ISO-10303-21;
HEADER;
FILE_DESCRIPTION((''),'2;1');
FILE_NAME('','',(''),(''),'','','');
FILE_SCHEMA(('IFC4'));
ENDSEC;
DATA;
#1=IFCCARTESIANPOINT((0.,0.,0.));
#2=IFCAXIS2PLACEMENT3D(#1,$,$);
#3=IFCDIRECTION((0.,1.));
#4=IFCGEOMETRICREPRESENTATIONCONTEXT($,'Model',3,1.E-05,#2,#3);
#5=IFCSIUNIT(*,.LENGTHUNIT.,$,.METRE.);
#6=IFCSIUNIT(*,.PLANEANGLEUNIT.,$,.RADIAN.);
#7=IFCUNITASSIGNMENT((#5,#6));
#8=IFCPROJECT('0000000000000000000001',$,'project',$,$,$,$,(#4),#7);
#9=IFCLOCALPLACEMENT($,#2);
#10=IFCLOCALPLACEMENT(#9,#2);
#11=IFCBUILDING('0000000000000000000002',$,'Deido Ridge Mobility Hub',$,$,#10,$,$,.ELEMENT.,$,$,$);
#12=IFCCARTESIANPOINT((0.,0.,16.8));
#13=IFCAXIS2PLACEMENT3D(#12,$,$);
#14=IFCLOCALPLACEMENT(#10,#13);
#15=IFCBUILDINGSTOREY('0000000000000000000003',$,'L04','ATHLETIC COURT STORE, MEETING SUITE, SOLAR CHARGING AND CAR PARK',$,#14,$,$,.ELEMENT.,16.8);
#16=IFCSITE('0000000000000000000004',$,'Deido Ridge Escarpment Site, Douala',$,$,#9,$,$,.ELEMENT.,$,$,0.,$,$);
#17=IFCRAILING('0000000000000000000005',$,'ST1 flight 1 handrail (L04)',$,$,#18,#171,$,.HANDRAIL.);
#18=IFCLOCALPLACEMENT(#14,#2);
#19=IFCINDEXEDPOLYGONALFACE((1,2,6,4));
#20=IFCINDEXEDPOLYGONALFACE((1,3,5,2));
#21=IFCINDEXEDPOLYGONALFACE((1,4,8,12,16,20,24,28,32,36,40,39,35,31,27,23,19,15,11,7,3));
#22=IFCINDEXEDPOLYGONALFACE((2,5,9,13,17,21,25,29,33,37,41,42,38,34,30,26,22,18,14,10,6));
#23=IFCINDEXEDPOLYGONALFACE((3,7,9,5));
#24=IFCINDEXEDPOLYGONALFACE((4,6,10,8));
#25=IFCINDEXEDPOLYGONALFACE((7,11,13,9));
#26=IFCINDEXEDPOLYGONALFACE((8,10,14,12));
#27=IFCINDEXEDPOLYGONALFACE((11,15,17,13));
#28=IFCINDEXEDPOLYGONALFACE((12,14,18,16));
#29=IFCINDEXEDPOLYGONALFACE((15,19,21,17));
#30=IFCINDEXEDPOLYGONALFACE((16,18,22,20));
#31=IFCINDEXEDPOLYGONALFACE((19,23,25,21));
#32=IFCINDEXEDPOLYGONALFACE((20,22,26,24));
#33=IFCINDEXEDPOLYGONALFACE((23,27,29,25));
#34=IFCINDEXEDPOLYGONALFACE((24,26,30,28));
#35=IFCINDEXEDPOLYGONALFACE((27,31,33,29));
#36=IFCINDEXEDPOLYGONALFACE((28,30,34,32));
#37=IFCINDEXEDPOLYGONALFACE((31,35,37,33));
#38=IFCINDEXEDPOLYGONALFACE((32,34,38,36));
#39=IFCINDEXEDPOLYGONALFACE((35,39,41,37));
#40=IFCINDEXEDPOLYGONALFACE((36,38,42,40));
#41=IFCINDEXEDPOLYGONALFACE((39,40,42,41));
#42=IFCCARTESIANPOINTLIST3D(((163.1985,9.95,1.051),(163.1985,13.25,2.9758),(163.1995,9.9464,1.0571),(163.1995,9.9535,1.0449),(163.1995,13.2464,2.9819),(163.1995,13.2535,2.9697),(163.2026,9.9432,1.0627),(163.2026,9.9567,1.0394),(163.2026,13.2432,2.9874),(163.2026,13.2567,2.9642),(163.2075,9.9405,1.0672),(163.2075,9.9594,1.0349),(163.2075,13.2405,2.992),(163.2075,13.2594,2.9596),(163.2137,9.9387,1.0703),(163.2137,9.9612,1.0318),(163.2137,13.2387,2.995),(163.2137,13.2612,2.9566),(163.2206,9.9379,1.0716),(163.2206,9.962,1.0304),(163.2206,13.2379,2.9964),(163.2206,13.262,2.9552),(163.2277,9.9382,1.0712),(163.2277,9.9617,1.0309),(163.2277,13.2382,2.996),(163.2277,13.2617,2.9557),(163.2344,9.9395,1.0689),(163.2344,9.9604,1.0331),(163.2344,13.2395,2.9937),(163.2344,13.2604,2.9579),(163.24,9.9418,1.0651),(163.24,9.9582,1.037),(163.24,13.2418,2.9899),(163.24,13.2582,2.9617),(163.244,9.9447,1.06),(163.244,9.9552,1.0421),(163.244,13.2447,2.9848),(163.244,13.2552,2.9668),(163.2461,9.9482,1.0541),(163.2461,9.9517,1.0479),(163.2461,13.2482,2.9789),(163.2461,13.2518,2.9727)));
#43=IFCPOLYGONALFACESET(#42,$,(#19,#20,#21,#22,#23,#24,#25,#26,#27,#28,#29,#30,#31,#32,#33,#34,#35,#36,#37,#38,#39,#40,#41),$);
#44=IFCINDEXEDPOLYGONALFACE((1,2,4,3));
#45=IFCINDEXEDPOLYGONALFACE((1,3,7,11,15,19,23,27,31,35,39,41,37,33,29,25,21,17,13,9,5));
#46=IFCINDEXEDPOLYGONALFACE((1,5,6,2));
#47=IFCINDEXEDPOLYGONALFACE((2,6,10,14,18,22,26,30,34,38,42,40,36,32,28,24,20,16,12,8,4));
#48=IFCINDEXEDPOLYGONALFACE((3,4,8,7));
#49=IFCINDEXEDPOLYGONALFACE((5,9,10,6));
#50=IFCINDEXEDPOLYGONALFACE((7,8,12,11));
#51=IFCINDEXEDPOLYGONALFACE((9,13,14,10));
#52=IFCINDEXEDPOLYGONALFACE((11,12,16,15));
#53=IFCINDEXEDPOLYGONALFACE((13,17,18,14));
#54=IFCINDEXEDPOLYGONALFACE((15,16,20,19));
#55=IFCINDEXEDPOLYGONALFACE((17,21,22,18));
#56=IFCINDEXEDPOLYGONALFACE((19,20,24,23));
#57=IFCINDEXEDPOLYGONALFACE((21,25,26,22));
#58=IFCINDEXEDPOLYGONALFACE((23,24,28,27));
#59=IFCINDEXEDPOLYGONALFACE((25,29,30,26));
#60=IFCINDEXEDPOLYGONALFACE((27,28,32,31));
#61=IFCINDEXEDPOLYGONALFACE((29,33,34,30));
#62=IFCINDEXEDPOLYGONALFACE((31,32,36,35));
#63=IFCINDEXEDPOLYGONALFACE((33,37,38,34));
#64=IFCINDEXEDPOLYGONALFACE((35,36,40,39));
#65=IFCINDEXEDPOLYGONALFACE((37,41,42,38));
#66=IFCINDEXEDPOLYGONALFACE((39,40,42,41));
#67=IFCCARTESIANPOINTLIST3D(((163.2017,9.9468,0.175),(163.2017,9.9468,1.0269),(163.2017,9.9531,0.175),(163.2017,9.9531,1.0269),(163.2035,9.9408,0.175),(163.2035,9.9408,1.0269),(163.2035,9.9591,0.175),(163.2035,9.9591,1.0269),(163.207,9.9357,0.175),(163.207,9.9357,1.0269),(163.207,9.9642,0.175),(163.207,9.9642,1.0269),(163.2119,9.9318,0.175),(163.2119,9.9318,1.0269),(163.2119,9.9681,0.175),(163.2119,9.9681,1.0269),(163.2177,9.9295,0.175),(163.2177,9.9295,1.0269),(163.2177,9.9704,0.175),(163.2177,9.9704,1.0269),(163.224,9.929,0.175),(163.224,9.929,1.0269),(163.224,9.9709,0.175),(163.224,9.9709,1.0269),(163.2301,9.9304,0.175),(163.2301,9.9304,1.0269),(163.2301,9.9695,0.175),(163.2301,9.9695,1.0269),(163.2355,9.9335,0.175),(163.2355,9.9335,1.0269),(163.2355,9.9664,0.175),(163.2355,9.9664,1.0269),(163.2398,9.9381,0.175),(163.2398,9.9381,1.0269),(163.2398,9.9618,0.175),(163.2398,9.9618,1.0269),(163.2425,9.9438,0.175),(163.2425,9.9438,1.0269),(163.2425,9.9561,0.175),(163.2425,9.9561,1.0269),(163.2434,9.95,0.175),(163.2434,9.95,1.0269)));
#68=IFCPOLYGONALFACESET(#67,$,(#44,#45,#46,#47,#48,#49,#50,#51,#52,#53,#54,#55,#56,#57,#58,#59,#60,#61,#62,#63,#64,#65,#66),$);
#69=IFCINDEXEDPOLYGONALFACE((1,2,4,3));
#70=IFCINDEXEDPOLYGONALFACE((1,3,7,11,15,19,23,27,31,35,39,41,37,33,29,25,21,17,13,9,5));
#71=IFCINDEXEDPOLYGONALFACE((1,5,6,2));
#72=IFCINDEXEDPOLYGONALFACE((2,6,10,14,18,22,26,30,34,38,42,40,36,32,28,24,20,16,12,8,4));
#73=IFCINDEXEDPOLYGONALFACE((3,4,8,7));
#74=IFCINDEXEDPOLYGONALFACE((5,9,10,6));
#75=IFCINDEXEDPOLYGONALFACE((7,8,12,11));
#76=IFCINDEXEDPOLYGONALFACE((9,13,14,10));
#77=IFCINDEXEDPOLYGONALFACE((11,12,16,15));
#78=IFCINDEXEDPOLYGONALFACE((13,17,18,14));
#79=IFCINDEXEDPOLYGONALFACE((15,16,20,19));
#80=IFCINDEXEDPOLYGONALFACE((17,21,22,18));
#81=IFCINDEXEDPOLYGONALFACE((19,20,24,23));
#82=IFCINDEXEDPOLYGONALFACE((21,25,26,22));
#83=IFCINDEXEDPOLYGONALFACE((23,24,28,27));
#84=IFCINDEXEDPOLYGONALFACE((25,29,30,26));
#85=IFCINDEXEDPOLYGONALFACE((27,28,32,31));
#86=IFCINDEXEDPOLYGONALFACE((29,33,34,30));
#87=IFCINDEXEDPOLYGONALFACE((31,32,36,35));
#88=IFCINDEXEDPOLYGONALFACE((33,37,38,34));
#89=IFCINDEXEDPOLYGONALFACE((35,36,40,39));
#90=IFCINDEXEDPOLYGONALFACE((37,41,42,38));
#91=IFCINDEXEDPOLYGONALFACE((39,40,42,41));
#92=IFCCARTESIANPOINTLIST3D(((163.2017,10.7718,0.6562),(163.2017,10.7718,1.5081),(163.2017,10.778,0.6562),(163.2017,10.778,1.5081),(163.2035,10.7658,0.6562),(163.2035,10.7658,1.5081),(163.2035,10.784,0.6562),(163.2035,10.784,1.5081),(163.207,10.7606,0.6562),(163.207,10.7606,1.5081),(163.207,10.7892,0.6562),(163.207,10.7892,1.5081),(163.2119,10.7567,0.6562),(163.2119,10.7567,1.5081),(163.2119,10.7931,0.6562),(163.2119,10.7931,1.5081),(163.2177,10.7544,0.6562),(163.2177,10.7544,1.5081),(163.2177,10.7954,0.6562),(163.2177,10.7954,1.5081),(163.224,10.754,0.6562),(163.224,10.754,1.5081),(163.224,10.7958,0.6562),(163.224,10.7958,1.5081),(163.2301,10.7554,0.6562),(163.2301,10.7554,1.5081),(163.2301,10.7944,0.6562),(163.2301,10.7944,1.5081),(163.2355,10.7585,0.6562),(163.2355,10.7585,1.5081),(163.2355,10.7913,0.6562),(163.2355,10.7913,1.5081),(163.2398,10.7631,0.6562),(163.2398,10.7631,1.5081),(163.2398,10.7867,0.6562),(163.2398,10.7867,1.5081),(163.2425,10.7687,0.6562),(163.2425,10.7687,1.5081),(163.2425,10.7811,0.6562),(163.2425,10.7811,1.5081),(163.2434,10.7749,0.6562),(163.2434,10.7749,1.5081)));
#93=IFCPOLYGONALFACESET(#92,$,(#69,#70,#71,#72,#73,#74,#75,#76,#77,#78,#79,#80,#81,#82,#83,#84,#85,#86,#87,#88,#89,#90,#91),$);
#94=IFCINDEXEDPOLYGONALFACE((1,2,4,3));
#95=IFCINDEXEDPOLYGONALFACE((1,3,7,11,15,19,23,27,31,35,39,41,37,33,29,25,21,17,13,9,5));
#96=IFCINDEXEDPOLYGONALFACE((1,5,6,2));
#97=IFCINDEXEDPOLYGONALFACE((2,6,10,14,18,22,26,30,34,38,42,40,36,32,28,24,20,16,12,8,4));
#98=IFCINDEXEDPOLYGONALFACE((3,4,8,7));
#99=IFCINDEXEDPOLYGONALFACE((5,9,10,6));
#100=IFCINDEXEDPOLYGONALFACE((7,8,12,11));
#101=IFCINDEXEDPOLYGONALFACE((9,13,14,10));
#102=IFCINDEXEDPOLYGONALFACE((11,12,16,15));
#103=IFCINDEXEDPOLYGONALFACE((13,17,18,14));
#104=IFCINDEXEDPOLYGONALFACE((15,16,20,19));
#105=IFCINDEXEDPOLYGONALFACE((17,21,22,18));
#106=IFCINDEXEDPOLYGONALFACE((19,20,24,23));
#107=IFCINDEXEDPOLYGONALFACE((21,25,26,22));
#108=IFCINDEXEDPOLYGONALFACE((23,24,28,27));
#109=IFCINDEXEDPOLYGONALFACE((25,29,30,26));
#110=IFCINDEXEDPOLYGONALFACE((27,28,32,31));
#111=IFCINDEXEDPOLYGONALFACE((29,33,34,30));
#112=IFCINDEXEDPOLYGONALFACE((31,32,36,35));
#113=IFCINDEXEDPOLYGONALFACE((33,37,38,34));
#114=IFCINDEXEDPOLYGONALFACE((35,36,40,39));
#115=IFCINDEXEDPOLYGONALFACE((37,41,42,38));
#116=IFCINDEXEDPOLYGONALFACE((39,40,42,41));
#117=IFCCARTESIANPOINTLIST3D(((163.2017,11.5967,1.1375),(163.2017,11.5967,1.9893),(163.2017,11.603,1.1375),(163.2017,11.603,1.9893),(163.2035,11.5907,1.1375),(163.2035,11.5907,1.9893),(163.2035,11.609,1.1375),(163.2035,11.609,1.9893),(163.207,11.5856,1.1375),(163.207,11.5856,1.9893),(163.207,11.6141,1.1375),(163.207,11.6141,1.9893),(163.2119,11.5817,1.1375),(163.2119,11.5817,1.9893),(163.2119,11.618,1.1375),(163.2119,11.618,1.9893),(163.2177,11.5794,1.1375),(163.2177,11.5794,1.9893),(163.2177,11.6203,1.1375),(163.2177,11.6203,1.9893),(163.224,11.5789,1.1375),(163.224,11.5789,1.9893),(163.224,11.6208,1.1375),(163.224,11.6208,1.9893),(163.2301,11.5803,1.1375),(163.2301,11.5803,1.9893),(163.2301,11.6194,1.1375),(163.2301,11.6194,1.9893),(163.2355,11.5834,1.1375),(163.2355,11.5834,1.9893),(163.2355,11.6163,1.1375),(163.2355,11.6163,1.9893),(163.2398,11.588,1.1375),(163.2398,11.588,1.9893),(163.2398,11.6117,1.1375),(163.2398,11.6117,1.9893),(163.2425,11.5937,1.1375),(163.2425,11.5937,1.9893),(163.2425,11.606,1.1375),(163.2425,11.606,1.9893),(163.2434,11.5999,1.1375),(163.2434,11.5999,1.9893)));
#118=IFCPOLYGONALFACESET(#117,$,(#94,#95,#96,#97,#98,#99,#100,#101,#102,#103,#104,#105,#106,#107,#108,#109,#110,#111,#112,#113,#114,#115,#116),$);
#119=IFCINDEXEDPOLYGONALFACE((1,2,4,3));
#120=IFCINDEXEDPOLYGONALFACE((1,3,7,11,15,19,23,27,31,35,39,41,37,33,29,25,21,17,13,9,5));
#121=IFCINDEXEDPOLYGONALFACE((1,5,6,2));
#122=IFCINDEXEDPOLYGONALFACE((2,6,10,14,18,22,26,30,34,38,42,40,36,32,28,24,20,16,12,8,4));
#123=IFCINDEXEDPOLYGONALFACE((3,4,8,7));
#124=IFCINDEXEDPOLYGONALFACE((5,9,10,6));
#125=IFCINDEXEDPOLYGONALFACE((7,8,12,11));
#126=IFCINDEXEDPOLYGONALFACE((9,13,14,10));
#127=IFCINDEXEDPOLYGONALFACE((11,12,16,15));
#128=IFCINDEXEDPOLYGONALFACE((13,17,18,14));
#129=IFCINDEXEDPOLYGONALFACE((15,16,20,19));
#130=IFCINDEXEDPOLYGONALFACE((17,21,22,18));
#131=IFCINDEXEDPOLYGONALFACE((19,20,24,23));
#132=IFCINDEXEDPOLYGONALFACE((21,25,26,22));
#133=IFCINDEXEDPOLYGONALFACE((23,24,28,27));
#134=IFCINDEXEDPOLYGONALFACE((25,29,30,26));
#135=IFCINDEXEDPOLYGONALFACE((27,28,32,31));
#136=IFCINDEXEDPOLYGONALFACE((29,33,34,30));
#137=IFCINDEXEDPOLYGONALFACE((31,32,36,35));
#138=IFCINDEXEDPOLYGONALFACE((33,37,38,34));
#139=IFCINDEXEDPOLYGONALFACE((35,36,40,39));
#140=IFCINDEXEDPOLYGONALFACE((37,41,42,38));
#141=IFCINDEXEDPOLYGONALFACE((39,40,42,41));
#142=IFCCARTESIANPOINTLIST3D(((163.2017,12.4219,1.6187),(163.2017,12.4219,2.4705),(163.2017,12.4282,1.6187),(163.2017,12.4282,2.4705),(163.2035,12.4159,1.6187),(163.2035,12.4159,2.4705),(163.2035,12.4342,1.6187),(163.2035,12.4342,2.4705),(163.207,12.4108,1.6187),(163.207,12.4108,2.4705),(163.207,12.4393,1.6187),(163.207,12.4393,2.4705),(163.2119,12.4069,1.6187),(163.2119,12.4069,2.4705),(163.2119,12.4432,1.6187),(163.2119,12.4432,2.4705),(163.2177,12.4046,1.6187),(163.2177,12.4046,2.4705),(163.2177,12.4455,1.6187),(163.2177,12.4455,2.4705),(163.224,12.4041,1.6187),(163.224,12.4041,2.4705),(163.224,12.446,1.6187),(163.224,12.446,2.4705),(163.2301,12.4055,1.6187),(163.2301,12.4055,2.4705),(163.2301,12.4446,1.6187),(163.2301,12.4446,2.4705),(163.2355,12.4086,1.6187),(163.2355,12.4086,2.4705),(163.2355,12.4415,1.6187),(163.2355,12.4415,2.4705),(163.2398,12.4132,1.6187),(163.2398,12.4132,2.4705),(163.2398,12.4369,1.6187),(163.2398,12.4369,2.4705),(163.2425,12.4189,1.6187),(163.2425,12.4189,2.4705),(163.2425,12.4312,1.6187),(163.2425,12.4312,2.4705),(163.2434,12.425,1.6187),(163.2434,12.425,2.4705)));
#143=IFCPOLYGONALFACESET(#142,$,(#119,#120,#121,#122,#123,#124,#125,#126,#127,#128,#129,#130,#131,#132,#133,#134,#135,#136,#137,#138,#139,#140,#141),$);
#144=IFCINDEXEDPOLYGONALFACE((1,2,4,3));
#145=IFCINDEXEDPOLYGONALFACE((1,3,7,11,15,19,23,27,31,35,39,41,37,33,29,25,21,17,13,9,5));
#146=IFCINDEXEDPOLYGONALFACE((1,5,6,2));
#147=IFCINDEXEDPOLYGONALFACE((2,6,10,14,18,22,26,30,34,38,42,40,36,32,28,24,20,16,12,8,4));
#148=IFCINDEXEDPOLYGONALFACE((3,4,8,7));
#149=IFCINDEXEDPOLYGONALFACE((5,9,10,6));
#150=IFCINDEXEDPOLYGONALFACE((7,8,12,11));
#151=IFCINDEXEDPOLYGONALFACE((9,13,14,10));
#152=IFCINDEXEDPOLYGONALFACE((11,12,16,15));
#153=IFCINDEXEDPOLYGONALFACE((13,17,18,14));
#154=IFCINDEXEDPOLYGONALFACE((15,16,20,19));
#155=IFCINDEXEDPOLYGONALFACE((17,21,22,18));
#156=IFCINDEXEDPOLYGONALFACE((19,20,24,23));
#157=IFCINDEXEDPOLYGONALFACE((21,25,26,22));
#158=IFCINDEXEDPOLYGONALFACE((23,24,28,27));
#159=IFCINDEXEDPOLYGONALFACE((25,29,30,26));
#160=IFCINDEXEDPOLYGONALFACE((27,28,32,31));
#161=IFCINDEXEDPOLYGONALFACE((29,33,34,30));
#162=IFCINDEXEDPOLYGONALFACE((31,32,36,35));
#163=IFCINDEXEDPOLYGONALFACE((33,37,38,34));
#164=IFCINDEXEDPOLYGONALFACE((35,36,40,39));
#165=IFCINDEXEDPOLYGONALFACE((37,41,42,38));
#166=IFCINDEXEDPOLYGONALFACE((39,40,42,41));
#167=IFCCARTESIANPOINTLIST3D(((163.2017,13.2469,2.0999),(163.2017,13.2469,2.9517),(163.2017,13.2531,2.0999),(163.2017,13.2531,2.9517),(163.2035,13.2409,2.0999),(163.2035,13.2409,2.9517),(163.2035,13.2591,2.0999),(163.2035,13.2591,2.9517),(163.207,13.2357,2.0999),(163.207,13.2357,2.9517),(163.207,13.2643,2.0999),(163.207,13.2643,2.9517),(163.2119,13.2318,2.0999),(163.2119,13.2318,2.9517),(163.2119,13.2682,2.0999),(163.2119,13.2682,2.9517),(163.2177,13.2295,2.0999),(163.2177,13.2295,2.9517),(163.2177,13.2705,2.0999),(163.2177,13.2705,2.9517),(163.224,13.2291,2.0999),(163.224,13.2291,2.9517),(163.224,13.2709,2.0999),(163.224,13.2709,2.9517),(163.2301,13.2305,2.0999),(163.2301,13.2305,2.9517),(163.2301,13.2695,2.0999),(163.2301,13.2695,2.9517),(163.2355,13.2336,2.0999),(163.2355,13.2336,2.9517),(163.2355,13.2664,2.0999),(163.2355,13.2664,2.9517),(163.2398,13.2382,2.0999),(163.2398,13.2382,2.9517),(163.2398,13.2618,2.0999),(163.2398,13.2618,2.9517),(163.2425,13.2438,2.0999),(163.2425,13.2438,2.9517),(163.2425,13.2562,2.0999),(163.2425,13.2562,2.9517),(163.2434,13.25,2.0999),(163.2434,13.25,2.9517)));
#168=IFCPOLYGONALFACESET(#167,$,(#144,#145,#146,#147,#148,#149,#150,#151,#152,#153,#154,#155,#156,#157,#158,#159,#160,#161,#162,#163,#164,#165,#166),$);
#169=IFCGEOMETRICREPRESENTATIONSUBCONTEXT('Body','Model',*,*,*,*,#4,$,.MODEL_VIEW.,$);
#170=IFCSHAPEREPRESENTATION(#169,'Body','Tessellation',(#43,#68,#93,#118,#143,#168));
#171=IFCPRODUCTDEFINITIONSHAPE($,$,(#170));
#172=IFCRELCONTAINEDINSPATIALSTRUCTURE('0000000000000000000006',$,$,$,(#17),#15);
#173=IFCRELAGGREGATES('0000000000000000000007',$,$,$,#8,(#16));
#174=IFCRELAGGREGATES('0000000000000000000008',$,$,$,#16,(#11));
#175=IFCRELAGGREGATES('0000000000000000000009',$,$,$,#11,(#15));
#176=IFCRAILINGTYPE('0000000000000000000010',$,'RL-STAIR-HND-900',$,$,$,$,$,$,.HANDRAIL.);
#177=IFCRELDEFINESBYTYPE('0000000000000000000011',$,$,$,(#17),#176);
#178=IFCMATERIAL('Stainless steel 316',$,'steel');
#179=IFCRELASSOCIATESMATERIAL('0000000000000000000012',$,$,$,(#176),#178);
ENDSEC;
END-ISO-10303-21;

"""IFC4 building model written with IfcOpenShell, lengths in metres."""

from ifc_helpers import new_model, si_unit, direction, frame, origin, origin_2d, place, context, subcontext, project, spatial, circle, extrude, material, type_object, element, save


model = new_model("IFC4")

# Units and contexts
model_context = context("Model", 3, precision=1e-05, world=origin(), true_north=direction((0.0, 1.0)))
body_context = subcontext(model_context, "Body", "Model", "MODEL_VIEW")
ifc_project = project(units=[si_unit("LENGTHUNIT", "METRE"), si_unit("PLANEANGLEUNIT", "RADIAN")], contexts=[model_context])

# Site, building, storey
site_placement = place(None, origin())
site = spatial("IfcSite", under=ifc_project, at=site_placement, Name="Deido Ridge Escarpment Site, Douala", CompositionType="ELEMENT", RefElevation=0.0)
building_placement = place(site_placement, origin())
building = spatial("IfcBuilding", under=site, at=building_placement, Name="Deido Ridge Mobility Hub", CompositionType="ELEMENT")
storey_placement = place(building_placement, frame((0.0, 0.0, 16.8)))
storey = spatial("IfcBuildingStorey", under=building, at=storey_placement, Name="L04", Description="ATHLETIC COURT STORE, MEETING SUITE, SOLAR CHARGING AND CAR PARK", CompositionType="ELEMENT", Elevation=16.8)

# Shared definitions
ifc_material_1 = material(Name="Stainless steel 316", Category="steel")

# Railing
railing_type_1 = type_object("IfcRailingType", Name="RL-STAIR-HND-900", PredefinedType="HANDRAIL", material=ifc_material_1)
railing_1_placement = place(storey_placement, frame((163.2224, 9.95, 0.175)))
element("IfcRailing", 1, at=railing_1_placement, inside=storey, type_object=railing_type_1, Name="ST1 flight 1 handrail (L04)", PredefinedType="HANDRAIL", context=body_context, shape_type="SweptSolid", body=[
    extrude(circle(Radius=0.0239, at=origin_2d()), frame((0.0, 0.0, 0.876), z_axis=(0.0, 0.863804, 0.503827), x_axis=(-1.0, 0.0, 0.0)), (0.0, 0.0, 1.0), 3.8203),
    extrude(circle(Radius=0.021, at=origin_2d()), origin(), (0.0, 0.0, 1.0), 0.8518),
    extrude(circle(Radius=0.021, at=origin_2d()), frame((0.0, 0.825, 0.4812)), (0.0, 0.0, 1.0), 0.8518),
    extrude(circle(Radius=0.021, at=origin_2d()), frame((0.0, 1.6499, 0.9624)), (0.0, 0.0, 1.0), 0.8518),
    extrude(circle(Radius=0.021, at=origin_2d()), frame((0.0, 2.4751, 1.4436)), (0.0, 0.0, 1.0), 0.8518),
    extrude(circle(Radius=0.021, at=origin_2d()), frame((0.0, 3.3, 1.9248)), (0.0, 0.0, 1.0), 0.8518),
])

save(model, "model.ifc")
